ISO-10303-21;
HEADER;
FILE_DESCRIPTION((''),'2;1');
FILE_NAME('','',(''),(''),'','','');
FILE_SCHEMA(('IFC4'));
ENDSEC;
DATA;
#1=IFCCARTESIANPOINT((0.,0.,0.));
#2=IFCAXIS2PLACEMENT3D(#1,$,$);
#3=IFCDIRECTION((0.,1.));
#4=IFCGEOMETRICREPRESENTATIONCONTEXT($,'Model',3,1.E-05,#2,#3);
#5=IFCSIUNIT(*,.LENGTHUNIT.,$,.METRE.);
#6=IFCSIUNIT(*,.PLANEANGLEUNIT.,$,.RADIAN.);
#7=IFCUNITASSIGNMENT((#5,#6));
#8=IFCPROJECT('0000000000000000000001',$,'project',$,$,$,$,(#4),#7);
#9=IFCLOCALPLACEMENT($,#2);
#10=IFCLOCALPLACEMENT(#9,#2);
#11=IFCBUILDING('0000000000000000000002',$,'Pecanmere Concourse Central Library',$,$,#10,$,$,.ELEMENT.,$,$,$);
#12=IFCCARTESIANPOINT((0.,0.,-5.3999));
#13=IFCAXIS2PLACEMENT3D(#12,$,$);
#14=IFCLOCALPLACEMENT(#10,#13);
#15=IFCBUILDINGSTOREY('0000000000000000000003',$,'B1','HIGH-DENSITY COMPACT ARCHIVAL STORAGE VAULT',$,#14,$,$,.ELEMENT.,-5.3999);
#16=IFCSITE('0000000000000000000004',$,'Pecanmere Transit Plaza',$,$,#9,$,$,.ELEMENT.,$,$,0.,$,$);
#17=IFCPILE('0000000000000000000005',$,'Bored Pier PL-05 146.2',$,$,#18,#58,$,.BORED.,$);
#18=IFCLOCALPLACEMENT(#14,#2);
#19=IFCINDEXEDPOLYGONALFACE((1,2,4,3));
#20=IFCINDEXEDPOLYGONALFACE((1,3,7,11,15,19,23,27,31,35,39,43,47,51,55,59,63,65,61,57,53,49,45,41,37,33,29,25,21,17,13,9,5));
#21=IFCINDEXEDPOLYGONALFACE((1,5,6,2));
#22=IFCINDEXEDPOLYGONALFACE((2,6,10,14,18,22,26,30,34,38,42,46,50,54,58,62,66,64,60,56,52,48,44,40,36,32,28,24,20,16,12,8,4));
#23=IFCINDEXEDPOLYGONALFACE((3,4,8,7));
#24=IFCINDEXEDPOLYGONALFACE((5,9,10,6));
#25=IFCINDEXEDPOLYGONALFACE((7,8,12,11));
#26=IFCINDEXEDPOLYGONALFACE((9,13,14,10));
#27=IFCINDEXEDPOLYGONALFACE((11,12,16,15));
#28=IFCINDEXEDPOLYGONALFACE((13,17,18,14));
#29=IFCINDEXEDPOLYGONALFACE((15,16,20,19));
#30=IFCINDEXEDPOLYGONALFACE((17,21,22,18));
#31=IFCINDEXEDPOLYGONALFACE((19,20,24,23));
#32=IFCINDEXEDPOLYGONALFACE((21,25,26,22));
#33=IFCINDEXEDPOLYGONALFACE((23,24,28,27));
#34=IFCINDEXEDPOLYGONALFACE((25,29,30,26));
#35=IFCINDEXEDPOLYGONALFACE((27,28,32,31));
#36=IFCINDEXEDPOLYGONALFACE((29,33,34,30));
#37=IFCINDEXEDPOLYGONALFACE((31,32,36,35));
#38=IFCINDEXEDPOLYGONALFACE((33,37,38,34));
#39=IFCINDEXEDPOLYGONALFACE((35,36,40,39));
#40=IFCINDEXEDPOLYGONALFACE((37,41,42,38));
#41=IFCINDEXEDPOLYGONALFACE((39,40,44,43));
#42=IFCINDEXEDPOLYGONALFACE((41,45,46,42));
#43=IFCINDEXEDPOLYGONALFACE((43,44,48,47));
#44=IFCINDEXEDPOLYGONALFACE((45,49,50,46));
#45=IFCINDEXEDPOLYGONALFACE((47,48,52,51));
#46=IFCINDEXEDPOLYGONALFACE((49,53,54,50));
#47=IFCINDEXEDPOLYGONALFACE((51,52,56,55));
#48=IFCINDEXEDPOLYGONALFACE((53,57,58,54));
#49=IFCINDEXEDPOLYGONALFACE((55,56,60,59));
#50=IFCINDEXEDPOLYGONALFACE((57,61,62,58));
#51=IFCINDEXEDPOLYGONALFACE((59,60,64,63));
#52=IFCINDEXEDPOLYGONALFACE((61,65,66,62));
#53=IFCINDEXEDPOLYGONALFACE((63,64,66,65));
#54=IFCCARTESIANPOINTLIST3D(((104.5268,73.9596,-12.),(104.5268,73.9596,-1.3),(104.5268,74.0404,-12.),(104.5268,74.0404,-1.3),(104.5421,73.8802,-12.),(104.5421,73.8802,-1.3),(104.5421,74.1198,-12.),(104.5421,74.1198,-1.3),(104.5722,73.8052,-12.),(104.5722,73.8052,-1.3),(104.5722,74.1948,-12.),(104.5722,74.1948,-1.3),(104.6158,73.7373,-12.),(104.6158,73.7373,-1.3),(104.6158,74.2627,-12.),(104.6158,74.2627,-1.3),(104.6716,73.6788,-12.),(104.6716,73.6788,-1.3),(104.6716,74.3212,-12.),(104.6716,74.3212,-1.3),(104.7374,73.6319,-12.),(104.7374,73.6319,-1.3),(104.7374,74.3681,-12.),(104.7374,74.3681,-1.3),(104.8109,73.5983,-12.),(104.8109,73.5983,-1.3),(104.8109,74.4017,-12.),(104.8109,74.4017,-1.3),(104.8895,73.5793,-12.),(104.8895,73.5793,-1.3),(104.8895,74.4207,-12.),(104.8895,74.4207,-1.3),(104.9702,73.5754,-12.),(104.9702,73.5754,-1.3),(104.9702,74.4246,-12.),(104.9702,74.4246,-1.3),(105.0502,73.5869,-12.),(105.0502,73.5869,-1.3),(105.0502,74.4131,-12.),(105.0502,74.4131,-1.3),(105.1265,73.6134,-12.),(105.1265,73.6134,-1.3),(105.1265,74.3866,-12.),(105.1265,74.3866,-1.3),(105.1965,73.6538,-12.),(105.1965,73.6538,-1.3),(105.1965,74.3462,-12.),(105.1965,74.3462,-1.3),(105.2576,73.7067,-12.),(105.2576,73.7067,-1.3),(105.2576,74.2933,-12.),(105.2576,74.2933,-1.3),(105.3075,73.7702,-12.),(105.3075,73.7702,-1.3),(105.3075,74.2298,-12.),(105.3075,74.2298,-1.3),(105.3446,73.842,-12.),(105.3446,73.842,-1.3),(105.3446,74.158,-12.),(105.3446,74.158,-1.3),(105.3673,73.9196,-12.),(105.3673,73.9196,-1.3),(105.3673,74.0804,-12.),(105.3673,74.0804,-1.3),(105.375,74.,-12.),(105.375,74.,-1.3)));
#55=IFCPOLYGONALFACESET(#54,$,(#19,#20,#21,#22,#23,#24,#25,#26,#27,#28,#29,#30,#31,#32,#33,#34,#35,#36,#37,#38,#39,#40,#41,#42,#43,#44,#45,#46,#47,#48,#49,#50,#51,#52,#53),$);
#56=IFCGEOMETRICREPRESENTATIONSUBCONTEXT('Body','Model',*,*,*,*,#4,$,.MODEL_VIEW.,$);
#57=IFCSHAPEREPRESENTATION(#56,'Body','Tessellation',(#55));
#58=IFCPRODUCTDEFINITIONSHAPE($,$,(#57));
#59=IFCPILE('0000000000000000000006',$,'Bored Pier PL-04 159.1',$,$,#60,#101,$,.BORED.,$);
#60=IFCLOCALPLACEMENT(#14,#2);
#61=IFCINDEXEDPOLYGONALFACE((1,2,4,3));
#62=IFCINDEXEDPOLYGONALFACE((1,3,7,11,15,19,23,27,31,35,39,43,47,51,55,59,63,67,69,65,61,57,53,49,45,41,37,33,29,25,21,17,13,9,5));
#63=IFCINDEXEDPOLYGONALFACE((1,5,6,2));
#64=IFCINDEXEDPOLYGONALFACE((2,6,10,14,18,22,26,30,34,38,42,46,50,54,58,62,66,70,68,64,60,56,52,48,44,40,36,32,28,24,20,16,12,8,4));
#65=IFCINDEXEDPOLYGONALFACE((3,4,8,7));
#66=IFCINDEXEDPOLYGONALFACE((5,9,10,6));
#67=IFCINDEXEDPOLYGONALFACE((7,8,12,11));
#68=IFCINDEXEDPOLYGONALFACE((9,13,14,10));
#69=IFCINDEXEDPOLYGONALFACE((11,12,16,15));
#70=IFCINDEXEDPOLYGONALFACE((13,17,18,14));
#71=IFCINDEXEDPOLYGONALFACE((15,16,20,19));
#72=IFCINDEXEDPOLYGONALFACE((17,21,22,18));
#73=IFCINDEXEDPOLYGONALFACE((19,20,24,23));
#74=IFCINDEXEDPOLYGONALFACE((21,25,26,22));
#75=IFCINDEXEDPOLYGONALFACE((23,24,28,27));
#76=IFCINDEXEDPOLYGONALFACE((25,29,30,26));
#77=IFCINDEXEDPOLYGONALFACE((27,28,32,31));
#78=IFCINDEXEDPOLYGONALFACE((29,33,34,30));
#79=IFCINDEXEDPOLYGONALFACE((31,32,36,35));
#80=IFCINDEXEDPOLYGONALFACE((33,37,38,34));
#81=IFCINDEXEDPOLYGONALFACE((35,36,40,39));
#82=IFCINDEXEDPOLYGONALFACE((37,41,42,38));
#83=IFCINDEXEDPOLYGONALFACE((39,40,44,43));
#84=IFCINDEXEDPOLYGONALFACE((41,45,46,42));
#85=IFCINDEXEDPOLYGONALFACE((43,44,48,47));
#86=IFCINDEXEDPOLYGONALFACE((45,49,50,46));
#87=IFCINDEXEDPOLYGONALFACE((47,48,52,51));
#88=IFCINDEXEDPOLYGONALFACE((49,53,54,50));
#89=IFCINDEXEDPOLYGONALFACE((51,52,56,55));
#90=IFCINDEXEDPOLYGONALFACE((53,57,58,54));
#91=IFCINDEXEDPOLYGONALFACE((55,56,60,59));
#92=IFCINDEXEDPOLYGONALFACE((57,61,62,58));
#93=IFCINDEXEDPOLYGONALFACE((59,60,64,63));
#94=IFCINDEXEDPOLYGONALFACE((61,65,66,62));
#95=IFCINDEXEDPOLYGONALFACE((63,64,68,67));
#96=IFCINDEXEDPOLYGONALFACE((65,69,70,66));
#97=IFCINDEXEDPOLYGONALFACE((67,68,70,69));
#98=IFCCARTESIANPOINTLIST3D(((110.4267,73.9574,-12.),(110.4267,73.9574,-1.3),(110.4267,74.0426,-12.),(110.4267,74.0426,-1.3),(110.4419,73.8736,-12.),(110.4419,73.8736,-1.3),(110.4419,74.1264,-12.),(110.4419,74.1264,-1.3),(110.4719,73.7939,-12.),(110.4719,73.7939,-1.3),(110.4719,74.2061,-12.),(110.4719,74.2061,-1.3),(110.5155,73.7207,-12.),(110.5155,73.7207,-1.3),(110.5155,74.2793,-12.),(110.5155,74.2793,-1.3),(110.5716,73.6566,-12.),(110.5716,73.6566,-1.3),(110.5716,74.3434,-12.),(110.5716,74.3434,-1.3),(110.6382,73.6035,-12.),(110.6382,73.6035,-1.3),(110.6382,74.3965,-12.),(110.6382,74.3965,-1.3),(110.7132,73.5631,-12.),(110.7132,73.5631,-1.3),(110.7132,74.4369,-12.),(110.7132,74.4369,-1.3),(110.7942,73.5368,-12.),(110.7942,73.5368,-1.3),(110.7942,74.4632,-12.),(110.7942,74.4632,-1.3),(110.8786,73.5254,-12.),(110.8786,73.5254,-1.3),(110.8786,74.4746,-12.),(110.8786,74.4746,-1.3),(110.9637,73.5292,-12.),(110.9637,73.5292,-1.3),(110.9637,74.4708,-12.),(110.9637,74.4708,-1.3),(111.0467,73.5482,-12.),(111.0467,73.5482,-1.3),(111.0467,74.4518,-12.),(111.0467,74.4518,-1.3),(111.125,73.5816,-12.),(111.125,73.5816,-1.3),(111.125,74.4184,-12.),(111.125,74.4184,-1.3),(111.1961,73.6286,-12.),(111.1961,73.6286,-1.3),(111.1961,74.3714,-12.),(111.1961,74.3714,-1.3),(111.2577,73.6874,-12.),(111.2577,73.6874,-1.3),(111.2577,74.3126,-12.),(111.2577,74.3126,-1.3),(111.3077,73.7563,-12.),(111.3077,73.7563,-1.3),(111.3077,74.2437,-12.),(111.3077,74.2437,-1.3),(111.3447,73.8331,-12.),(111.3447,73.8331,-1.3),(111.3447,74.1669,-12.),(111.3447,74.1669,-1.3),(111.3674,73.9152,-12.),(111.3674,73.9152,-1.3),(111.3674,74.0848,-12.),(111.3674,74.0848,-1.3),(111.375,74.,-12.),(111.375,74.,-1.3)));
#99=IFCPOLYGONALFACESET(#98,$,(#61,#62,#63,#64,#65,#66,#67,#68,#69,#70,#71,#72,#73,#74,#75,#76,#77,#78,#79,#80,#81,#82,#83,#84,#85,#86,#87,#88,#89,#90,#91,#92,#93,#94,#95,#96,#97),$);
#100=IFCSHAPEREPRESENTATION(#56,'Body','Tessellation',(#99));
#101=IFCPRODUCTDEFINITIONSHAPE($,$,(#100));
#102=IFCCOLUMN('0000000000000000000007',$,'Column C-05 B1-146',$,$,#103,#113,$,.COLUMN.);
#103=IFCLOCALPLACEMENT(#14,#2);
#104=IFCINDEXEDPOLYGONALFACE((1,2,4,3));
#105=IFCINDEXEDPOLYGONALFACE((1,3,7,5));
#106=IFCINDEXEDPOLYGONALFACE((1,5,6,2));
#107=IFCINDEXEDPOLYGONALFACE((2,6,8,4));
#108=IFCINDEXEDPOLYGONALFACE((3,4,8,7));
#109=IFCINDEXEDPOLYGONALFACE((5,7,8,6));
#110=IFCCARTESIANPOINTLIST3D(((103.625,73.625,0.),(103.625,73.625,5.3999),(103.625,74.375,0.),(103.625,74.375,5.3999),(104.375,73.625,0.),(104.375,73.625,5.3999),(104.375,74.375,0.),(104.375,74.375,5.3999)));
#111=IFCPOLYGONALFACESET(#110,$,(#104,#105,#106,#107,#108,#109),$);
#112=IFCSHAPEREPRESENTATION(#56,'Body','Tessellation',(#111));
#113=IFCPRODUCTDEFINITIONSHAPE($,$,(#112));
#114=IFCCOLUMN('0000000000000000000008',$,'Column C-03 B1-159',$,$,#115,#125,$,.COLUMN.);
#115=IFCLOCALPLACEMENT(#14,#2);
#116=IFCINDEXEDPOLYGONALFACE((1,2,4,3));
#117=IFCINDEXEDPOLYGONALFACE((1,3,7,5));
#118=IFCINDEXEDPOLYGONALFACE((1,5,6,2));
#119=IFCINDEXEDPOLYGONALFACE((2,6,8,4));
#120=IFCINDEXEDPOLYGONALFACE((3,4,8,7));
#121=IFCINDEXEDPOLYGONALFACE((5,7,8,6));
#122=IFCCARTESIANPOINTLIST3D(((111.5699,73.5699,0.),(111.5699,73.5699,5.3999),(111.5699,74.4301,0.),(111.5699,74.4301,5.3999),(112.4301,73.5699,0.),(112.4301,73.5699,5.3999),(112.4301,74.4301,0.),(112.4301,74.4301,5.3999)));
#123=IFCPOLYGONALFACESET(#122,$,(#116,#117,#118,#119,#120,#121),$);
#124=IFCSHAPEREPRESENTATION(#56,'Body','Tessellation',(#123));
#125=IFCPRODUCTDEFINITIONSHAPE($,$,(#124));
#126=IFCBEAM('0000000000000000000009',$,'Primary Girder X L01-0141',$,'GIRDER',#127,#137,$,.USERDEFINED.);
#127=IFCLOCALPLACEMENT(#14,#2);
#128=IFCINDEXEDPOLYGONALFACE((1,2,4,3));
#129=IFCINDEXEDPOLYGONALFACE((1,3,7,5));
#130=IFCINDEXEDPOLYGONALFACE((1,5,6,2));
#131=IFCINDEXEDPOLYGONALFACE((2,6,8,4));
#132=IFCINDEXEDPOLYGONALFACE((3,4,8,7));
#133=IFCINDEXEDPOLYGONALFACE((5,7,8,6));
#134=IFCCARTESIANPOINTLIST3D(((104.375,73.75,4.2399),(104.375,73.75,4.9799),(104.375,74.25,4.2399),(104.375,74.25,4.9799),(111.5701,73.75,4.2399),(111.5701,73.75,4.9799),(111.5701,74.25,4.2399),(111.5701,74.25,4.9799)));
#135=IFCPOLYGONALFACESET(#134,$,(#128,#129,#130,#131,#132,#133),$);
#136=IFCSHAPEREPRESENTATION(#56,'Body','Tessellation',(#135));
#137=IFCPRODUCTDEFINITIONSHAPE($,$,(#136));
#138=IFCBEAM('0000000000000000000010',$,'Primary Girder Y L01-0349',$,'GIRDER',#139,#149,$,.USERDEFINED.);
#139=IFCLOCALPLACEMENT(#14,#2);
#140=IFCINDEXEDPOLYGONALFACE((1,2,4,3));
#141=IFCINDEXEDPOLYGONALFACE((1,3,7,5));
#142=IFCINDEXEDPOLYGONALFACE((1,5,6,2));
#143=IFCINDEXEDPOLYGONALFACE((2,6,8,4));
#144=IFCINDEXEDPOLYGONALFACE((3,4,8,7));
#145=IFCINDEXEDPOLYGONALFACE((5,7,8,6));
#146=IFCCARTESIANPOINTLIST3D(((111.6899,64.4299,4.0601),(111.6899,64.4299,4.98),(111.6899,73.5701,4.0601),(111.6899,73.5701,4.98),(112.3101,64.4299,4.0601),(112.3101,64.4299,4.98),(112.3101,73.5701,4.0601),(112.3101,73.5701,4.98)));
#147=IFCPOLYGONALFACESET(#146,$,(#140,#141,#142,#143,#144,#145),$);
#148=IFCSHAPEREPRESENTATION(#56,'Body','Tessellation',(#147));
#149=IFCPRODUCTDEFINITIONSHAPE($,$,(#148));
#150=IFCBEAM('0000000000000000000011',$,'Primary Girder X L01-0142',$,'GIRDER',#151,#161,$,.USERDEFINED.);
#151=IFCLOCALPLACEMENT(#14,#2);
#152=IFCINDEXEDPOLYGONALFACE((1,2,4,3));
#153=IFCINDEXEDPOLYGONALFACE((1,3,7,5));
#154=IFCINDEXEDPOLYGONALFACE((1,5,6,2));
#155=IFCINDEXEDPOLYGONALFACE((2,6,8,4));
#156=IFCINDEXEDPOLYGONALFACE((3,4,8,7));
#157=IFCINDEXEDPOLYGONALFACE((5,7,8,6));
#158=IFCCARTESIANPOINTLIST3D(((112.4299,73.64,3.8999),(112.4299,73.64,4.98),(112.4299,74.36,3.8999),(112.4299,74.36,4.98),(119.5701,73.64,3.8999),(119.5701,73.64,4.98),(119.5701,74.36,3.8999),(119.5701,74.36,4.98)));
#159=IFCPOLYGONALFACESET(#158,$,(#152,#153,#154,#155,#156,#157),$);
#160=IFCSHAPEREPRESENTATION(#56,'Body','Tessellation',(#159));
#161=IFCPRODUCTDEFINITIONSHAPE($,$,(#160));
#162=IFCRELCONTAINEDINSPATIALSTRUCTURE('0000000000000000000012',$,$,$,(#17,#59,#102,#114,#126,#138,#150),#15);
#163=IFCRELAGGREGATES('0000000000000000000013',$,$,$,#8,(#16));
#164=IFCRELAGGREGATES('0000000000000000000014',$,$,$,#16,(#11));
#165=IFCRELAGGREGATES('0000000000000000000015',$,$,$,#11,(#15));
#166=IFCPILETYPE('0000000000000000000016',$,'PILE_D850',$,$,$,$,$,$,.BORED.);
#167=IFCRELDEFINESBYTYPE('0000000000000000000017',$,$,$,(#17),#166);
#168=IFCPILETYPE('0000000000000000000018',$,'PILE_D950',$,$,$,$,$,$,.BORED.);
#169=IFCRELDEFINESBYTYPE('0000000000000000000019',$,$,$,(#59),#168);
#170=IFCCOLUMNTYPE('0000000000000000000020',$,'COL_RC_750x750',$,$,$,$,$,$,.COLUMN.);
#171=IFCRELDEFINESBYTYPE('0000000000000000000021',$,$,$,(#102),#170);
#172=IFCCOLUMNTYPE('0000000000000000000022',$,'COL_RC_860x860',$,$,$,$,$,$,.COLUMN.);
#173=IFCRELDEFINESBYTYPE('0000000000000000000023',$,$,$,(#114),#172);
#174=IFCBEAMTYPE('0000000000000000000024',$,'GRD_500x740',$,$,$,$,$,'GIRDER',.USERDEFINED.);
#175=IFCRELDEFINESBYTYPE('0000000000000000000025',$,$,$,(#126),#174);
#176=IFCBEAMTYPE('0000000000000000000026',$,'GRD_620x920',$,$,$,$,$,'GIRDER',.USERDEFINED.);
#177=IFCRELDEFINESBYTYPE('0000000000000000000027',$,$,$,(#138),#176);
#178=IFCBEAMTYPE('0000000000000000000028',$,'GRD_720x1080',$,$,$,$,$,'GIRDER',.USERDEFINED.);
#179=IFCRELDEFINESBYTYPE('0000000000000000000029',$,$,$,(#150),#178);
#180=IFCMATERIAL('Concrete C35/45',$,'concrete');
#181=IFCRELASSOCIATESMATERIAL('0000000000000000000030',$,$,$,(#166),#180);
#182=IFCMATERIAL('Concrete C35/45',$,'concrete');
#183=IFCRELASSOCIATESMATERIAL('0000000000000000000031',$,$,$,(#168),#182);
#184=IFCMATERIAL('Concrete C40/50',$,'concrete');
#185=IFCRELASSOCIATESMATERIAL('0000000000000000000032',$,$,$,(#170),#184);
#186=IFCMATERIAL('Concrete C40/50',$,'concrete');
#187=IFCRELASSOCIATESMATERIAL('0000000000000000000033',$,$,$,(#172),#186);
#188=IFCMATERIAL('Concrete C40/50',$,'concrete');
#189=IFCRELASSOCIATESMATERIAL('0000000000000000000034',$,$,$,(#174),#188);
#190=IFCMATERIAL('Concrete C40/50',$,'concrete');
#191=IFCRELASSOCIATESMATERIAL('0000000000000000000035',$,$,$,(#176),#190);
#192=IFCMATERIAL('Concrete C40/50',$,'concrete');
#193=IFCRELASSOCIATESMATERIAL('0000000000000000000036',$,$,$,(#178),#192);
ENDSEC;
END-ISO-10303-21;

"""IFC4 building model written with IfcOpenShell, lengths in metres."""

from ifc_helpers import new_model, si_unit, direction, frame, origin, origin_2d, place, context, subcontext, project, spatial, rectangle, circle, extrude, material, material_profile, profile_set, type_object, element, save


model = new_model("IFC4")

# Units and contexts
model_context = context("Model", 3, precision=1e-05, world=origin(), true_north=direction((0.0, 1.0)))
body_context = subcontext(model_context, "Body", "Model", "MODEL_VIEW")
ifc_project = project(units=[si_unit("LENGTHUNIT", "METRE"), si_unit("PLANEANGLEUNIT", "RADIAN")], contexts=[model_context])

# Site, building, storey
site_placement = place(None, origin())
site = spatial("IfcSite", under=ifc_project, at=site_placement, Name="Pecanmere Transit Plaza", CompositionType="ELEMENT", RefElevation=0.0)
building_placement = place(site_placement, origin())
building = spatial("IfcBuilding", under=site, at=building_placement, Name="Pecanmere Concourse Central Library", CompositionType="ELEMENT")
storey_placement = place(building_placement, frame((0.0, 0.0, -5.3999)))
storey = spatial("IfcBuildingStorey", under=building, at=storey_placement, Name="B1", Description="HIGH-DENSITY COMPACT ARCHIVAL STORAGE VAULT", CompositionType="ELEMENT", Elevation=-5.3999)

# Piles
ifc_material_1 = material(Name="Concrete C35/45", Category="concrete")
ifc_material_profile_1 = material_profile(ifc_material_1, circle(Radius=0.425, at=origin_2d()), Name="PIER D850")
ifc_profile_set_1 = profile_set([ifc_material_profile_1], Name="Concrete C35/45")
pile_type_1 = type_object("IfcPileType", Name="PILE_D850", PredefinedType="BORED", material=ifc_profile_set_1)
for number, where, z_axis, x_axis, name in (
    (1, (104.95, 74.0, -1.3), (0.0, 0.0, -1.0), (1.0, 0.0, 0.0), "Bored Pier PL-05 146.2"),
):
    element("IfcPile", number, at=place(storey_placement, frame(where, z_axis=z_axis, x_axis=x_axis)), inside=storey, type_object=pile_type_1, Name=name, PredefinedType="BORED", context=body_context, shape_type="SweptSolid", body=[
        extrude(circle(Radius=0.425, at=origin_2d()), origin(), (0.0, 0.0, 1.0), 10.7),
    ])
ifc_material_2 = material(Name="Concrete C35/45", Category="concrete")
ifc_material_profile_2 = material_profile(ifc_material_2, circle(Radius=0.4751, at=origin_2d()), Name="PIER D950")
ifc_profile_set_2 = profile_set([ifc_material_profile_2], Name="Concrete C35/45")
pile_type_2 = type_object("IfcPileType", Name="PILE_D950", PredefinedType="BORED", material=ifc_profile_set_2)
pile_1_placement = place(storey_placement, frame((110.8999, 74.0, -1.3), z_axis=(0.0, 0.0, -1.0), x_axis=(1.0, 0.0, 0.0)))
element("IfcPile", 2, at=pile_1_placement, inside=storey, type_object=pile_type_2, Name="Bored Pier PL-04 159.1", PredefinedType="BORED", context=body_context, shape_type="SweptSolid", body=[
    extrude(circle(Radius=0.4751, at=origin_2d()), origin(), (0.0, 0.0, 1.0), 10.7),
])

# Columns
ifc_material_3 = material(Name="Concrete C40/50", Category="concrete")
ifc_material_profile_3 = material_profile(ifc_material_3, rectangle(XDim=0.75, YDim=0.75, at=origin_2d()), Name="RC 750x750")
ifc_profile_set_3 = profile_set([ifc_material_profile_3], Name="Concrete C40/50")
column_type_1 = type_object("IfcColumnType", Name="COL_RC_750x750", PredefinedType="COLUMN", material=ifc_profile_set_3)
column_1_placement = place(storey_placement, frame((104.0, 74.0, 0.0), z_axis=(0.0, 0.0, 1.0), x_axis=(1.0, 0.0, 0.0)))
element("IfcColumn", 3, at=column_1_placement, inside=storey, type_object=column_type_1, Name="Column C-05 B1-146", PredefinedType="COLUMN", context=body_context, shape_type="SweptSolid", body=[
    extrude(rectangle(XDim=0.75, YDim=0.75, at=origin_2d()), origin(), (0.0, 0.0, 1.0), 5.3999),
])
ifc_material_4 = material(Name="Concrete C40/50", Category="concrete")
ifc_material_profile_4 = material_profile(ifc_material_4, rectangle(XDim=0.8601, YDim=0.8601, at=origin_2d()), Name="RC 860x860")
ifc_profile_set_4 = profile_set([ifc_material_profile_4], Name="Concrete C40/50")
column_type_2 = type_object("IfcColumnType", Name="COL_RC_860x860", PredefinedType="COLUMN", material=ifc_profile_set_4)
column_2_placement = place(storey_placement, frame((112.0, 74.0, 0.0), z_axis=(0.0, 0.0, 1.0), x_axis=(1.0, 0.0, 0.0)))
element("IfcColumn", 4, at=column_2_placement, inside=storey, type_object=column_type_2, Name="Column C-03 B1-159", PredefinedType="COLUMN", context=body_context, shape_type="SweptSolid", body=[
    extrude(rectangle(XDim=0.8601, YDim=0.8601, at=origin_2d()), origin(), (0.0, 0.0, 1.0), 5.3999),
])

# Beams
ifc_material_5 = material(Name="Concrete C40/50", Category="concrete")
ifc_material_profile_5 = material_profile(ifc_material_5, rectangle(XDim=0.5, YDim=0.74, at=origin_2d()), Name="RC 500x740")
ifc_profile_set_5 = profile_set([ifc_material_profile_5], Name="Concrete C40/50")
beam_type_1 = type_object("IfcBeamType", Name="GRD_500x740", ElementType="GIRDER", PredefinedType="USERDEFINED", material=ifc_profile_set_5)
beam_1_placement = place(storey_placement, frame((104.375, 74.0, 4.6099), z_axis=(1.0, 0.0, 0.0), x_axis=(0.0, 1.0, 0.0)))
element("IfcBeam", 5, at=beam_1_placement, inside=storey, type_object=beam_type_1, Name="Primary Girder X L01-0141", ObjectType="GIRDER", PredefinedType="USERDEFINED", context=body_context, shape_type="SweptSolid", body=[
    extrude(rectangle(XDim=0.5, YDim=0.74, at=origin_2d()), origin(), (0.0, 0.0, 1.0), 7.1951),
])
ifc_material_6 = material(Name="Concrete C40/50", Category="concrete")
ifc_material_profile_6 = material_profile(ifc_material_6, rectangle(XDim=0.6201, YDim=0.9199, at=origin_2d()), Name="RC 620x920")
ifc_profile_set_6 = profile_set([ifc_material_profile_6], Name="Concrete C40/50")
beam_type_2 = type_object("IfcBeamType", Name="GRD_620x920", ElementType="GIRDER", PredefinedType="USERDEFINED", material=ifc_profile_set_6)
beam_2_placement = place(storey_placement, frame((112.0, 64.4299, 4.52), z_axis=(0.0, 1.0, 0.0), x_axis=(-1.0, 0.0, 0.0)))
element("IfcBeam", 6, at=beam_2_placement, inside=storey, type_object=beam_type_2, Name="Primary Girder Y L01-0349", ObjectType="GIRDER", PredefinedType="USERDEFINED", context=body_context, shape_type="SweptSolid", body=[
    extrude(rectangle(XDim=0.6201, YDim=0.9199, at=origin_2d()), origin(), (0.0, 0.0, 1.0), 9.1401),
])
ifc_material_7 = material(Name="Concrete C40/50", Category="concrete")
ifc_material_profile_7 = material_profile(ifc_material_7, rectangle(XDim=0.72, YDim=1.0801, at=origin_2d()), Name="RC 720x1080")
ifc_profile_set_7 = profile_set([ifc_material_profile_7], Name="Concrete C40/50")
beam_type_3 = type_object("IfcBeamType", Name="GRD_720x1080", ElementType="GIRDER", PredefinedType="USERDEFINED", material=ifc_profile_set_7)
beam_3_placement = place(storey_placement, frame((112.4299, 74.0, 4.4399), z_axis=(1.0, 0.0, 0.0), x_axis=(0.0, 1.0, 0.0)))
element("IfcBeam", 7, at=beam_3_placement, inside=storey, type_object=beam_type_3, Name="Primary Girder X L01-0142", ObjectType="GIRDER", PredefinedType="USERDEFINED", context=body_context, shape_type="SweptSolid", body=[
    extrude(rectangle(XDim=0.72, YDim=1.0801, at=origin_2d()), origin(), (0.0, 0.0, 1.0), 7.1401),
])

save(model, "model.ifc")
